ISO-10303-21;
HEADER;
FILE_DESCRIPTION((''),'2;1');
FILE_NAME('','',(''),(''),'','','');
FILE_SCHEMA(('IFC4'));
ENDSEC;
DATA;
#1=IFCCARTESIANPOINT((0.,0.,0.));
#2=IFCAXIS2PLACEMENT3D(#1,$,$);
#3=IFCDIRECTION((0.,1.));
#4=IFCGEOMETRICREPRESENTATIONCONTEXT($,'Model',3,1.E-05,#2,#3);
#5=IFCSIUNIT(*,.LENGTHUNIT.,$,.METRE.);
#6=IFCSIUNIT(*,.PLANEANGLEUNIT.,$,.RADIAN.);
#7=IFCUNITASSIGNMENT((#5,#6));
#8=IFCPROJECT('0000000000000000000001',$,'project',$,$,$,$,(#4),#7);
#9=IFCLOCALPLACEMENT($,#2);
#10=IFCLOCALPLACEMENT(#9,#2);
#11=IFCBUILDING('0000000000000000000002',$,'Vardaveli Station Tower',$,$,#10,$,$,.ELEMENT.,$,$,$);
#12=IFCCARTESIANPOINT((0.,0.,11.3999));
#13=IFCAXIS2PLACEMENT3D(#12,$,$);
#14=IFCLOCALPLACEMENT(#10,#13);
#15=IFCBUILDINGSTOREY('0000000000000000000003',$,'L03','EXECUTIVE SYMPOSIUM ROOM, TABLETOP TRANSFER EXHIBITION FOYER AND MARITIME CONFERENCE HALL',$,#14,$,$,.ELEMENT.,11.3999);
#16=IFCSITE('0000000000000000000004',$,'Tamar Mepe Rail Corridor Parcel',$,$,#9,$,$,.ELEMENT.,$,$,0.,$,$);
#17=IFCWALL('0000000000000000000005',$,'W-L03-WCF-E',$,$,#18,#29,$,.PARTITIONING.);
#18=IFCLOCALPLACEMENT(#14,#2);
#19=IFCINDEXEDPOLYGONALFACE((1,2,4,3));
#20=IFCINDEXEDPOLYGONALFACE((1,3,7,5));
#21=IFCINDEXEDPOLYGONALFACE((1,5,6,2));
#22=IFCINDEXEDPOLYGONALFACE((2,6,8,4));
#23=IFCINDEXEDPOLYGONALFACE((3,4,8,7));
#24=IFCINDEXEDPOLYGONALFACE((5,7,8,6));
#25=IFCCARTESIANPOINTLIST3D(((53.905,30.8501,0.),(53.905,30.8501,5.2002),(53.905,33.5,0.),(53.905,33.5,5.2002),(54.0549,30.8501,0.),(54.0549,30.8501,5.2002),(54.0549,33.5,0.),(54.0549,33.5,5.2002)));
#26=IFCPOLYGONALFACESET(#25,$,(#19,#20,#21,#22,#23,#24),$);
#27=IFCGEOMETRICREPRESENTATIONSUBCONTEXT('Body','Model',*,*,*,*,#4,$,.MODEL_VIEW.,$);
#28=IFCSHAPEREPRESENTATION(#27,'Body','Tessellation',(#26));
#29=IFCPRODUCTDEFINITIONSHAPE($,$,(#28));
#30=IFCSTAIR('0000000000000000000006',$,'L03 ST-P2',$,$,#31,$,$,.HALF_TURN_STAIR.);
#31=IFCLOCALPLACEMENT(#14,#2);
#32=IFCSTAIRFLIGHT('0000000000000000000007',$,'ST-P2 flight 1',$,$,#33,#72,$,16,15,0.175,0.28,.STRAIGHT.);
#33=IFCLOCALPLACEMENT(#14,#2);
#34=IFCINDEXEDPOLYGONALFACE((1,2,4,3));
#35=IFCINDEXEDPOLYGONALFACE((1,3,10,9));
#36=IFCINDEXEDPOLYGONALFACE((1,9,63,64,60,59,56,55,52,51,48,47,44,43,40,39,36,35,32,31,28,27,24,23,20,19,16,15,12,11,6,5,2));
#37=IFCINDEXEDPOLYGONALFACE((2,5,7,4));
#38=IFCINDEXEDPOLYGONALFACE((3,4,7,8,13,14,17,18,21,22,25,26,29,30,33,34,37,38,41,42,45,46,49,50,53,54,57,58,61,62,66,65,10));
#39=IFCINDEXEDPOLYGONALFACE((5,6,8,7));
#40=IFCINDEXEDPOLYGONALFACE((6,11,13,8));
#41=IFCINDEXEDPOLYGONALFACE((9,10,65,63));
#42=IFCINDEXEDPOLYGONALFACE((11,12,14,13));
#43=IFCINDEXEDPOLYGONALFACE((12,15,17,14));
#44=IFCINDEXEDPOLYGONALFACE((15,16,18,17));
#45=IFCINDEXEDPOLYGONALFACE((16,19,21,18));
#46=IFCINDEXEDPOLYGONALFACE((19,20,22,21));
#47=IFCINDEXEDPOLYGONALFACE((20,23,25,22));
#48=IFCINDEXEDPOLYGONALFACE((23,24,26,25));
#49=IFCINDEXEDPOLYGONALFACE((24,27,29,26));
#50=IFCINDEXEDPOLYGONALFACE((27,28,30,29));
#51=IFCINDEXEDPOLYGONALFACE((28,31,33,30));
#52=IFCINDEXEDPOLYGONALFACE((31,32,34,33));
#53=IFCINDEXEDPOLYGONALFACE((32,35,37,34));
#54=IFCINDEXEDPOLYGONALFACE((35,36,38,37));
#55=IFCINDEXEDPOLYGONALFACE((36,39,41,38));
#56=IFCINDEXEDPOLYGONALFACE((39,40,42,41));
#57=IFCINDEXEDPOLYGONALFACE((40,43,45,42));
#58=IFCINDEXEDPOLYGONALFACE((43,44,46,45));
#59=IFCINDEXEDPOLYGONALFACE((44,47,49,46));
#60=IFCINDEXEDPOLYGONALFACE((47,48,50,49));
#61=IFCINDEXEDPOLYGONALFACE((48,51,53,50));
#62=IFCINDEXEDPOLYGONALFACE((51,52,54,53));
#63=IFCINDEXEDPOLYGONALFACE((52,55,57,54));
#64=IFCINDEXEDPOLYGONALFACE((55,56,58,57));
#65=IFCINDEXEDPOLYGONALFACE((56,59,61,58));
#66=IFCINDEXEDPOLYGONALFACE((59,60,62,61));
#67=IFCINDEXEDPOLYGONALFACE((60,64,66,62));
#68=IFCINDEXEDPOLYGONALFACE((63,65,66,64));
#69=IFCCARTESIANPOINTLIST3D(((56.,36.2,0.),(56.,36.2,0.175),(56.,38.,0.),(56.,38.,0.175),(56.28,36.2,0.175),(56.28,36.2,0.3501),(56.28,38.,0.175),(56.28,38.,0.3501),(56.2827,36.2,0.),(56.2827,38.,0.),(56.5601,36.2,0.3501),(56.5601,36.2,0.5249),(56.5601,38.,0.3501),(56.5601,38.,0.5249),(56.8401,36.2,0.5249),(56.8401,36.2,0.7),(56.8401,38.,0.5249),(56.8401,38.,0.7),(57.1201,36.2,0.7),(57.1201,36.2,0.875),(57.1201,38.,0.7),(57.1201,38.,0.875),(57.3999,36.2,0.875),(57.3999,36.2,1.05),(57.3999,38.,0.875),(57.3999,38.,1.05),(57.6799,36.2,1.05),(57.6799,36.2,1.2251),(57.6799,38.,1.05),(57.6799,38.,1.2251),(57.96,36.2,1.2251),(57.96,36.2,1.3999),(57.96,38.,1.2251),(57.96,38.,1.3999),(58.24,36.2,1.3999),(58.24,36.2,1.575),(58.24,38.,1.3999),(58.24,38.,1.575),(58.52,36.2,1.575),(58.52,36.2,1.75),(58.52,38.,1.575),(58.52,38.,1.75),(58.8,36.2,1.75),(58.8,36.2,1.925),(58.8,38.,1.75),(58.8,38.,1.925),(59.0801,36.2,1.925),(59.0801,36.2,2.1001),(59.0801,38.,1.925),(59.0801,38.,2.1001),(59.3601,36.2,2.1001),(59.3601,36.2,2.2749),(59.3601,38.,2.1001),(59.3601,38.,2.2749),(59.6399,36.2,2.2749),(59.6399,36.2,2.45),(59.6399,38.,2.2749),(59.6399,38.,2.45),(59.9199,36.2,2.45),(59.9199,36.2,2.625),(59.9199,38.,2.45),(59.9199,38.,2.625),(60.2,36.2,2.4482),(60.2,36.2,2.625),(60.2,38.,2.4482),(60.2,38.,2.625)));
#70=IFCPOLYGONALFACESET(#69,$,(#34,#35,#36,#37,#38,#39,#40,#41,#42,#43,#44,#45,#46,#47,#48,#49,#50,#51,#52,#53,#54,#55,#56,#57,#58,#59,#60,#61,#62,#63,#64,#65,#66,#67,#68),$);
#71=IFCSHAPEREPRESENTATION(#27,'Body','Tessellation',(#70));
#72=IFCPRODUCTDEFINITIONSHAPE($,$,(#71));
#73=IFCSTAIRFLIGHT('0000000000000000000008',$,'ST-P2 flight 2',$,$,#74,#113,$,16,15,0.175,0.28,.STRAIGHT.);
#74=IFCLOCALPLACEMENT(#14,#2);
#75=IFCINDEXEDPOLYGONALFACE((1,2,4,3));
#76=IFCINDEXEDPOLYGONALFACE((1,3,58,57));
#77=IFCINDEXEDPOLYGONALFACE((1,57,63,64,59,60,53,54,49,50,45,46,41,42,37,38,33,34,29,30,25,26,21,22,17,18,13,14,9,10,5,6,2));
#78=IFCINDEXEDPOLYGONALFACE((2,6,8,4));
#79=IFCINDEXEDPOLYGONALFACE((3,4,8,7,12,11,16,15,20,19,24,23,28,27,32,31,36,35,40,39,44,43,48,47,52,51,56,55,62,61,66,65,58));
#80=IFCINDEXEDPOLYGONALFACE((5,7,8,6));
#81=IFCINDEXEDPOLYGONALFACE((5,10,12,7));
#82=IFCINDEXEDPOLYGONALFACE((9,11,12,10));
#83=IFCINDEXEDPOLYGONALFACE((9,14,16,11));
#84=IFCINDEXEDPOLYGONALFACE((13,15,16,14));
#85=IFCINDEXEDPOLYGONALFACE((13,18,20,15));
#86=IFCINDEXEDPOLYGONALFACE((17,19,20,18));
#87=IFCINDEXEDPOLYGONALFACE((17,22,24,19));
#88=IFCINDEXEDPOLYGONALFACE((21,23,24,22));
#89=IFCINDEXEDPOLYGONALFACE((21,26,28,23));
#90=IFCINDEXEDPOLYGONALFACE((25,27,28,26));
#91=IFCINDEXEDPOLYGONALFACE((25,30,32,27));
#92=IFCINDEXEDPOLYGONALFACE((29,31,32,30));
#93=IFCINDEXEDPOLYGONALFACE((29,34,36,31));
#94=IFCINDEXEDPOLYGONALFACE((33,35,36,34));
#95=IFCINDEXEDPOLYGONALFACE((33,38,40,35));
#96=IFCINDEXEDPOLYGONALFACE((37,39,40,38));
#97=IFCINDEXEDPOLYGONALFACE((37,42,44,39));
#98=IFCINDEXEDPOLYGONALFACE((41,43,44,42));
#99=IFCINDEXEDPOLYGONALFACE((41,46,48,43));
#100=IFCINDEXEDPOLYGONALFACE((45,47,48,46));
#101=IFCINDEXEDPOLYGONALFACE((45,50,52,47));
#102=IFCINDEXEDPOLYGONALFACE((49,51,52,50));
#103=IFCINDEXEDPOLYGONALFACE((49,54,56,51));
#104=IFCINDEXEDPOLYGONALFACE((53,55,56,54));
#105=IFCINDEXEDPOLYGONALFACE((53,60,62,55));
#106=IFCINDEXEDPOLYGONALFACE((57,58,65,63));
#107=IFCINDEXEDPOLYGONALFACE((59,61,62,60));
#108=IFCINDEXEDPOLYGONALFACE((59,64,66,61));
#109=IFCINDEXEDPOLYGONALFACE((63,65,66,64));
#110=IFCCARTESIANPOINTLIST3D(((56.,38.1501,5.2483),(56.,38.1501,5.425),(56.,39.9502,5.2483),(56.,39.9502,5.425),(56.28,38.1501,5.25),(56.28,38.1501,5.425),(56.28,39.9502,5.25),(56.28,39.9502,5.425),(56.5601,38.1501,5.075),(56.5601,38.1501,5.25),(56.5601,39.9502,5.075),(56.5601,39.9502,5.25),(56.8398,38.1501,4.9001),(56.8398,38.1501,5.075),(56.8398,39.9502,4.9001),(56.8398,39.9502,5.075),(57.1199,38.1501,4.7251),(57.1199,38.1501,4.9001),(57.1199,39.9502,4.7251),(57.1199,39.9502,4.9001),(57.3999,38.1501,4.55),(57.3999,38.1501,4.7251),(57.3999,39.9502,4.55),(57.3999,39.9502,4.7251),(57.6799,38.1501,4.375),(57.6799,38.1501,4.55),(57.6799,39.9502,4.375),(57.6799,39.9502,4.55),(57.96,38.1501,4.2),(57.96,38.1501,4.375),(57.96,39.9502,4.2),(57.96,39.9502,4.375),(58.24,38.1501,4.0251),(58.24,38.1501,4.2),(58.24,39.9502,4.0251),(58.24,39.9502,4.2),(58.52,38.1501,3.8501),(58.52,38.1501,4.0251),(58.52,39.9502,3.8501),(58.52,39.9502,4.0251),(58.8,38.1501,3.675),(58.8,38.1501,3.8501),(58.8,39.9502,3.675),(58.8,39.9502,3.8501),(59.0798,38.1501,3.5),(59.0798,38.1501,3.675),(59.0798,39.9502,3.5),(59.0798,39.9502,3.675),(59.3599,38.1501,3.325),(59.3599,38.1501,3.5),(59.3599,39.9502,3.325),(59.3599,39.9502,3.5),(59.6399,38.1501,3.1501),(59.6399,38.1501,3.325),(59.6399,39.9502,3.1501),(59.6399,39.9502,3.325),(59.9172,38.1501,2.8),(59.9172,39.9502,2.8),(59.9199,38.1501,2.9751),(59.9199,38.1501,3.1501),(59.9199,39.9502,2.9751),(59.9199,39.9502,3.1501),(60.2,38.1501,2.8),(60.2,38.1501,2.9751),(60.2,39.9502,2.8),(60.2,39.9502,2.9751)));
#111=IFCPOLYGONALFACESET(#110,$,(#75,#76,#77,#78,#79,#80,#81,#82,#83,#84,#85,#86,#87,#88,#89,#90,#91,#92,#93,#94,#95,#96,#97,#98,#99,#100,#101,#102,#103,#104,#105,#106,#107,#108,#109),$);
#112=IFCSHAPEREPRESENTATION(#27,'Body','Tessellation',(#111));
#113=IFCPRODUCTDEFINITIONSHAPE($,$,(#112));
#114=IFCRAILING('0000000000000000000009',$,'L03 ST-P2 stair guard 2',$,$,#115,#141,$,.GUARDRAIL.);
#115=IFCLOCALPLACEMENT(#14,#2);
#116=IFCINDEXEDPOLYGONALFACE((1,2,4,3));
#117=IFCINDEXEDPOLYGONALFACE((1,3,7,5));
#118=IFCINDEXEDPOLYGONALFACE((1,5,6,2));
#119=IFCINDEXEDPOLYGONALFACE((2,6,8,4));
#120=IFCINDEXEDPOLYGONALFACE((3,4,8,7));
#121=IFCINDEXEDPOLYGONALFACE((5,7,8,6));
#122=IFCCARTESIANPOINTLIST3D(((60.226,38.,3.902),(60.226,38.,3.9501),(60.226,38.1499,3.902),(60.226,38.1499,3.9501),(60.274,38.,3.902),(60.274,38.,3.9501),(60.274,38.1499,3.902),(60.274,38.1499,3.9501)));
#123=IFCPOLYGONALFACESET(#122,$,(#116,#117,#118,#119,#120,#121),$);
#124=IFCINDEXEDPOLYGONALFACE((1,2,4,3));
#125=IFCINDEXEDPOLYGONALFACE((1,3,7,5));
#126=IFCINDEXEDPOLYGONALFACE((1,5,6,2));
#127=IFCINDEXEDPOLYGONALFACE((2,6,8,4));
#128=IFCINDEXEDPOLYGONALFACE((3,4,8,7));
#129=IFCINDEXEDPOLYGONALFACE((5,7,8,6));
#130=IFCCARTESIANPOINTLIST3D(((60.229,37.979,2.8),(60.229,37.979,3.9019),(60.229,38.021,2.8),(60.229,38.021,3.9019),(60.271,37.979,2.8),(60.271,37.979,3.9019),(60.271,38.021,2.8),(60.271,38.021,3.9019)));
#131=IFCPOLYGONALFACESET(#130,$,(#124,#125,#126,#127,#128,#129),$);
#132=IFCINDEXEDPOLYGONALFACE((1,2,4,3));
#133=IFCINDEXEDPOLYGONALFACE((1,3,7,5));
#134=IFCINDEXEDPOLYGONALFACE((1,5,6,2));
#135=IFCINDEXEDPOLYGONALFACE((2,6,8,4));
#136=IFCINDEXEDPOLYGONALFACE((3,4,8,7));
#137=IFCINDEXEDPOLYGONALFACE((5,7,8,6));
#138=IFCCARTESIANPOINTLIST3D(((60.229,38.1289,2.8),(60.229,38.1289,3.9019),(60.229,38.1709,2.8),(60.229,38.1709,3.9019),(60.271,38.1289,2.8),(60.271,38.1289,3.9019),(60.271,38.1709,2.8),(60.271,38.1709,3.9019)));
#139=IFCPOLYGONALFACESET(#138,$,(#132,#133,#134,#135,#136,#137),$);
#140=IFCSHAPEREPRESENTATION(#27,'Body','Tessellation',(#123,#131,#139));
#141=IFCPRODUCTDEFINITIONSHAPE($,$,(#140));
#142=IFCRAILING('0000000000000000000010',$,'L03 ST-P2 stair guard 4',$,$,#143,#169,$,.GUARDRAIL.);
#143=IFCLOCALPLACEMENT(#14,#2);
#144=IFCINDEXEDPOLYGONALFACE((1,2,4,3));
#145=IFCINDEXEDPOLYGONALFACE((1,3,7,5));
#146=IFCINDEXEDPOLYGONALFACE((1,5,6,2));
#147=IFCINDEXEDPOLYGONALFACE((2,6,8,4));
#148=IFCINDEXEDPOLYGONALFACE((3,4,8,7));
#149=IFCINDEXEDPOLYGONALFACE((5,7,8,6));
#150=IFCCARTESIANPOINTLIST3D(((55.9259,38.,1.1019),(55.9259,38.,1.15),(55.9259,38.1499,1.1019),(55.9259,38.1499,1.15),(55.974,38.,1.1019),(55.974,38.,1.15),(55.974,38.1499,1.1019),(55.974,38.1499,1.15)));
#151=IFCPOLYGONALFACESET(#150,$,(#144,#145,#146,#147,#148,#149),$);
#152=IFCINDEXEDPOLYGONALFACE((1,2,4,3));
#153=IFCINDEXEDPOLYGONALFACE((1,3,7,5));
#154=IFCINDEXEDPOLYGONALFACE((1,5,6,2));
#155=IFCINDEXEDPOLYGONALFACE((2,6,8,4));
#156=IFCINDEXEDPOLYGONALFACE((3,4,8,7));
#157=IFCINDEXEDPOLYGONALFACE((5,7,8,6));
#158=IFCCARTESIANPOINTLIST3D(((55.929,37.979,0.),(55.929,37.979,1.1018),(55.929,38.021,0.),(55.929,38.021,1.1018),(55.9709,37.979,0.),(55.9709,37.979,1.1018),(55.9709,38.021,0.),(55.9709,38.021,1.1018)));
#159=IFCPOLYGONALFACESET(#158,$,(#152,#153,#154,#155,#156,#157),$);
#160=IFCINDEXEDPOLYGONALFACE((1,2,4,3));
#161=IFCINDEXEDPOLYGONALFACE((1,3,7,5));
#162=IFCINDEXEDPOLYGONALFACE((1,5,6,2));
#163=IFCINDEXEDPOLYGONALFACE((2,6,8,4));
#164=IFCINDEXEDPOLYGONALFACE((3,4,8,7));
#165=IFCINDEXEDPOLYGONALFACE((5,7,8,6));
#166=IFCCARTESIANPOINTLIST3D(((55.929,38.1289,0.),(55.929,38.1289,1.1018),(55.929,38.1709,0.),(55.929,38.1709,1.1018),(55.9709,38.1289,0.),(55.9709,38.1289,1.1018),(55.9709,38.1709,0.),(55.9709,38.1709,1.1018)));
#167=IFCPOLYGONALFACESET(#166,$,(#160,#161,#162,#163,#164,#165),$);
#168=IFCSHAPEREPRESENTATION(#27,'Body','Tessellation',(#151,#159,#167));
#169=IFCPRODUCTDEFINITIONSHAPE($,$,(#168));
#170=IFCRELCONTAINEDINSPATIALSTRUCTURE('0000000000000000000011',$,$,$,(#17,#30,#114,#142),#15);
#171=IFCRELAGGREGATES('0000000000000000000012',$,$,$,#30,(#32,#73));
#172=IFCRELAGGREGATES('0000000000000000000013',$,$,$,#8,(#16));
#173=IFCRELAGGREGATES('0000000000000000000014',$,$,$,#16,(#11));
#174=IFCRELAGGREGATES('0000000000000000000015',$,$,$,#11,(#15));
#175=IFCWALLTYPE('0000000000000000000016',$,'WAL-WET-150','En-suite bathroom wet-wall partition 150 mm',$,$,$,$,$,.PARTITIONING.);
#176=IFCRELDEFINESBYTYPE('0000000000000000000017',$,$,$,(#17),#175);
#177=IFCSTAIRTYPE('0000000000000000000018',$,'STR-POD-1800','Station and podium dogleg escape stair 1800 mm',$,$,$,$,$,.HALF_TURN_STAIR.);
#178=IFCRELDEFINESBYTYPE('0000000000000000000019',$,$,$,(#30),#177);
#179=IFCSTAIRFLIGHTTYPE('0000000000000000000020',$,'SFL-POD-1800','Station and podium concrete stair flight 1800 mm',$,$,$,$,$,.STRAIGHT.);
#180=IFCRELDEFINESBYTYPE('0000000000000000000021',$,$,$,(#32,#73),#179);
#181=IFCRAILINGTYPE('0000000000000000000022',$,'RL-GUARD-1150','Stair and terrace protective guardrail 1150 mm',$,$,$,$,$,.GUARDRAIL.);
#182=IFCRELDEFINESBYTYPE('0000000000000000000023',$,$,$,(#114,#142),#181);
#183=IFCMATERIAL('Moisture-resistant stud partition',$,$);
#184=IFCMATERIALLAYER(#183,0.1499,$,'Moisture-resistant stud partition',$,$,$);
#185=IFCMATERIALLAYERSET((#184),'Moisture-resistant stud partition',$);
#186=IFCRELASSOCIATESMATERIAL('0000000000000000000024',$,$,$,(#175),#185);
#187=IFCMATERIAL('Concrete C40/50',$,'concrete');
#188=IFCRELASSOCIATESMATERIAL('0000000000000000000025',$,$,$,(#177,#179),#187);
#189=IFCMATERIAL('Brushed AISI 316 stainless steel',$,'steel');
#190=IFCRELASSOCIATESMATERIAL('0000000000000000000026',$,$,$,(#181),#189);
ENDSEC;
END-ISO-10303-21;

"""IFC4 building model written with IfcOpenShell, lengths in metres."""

from ifc_helpers import new_model, si_unit, direction, frame, frame_2d, origin, origin_2d, place, context, subcontext, project, spatial, polyline, rectangle, outline, extrude, source, transform, mapped, material, layer, layer_set, type_object, element, aggregate, save


model = new_model("IFC4")

# Units and contexts
model_context = context("Model", 3, precision=1e-05, world=origin(), true_north=direction((0.0, 1.0)))
body_context = subcontext(model_context, "Body", "Model", "MODEL_VIEW")
ifc_project = project(units=[si_unit("LENGTHUNIT", "METRE"), si_unit("PLANEANGLEUNIT", "RADIAN")], contexts=[model_context])

# Site, building, storey
site_placement = place(None, origin())
site = spatial("IfcSite", under=ifc_project, at=site_placement, Name="Tamar Mepe Rail Corridor Parcel", CompositionType="ELEMENT", RefElevation=0.0)
building_placement = place(site_placement, origin())
building = spatial("IfcBuilding", under=site, at=building_placement, Name="Vardaveli Station Tower", CompositionType="ELEMENT")
storey_placement = place(building_placement, frame((0.0, 0.0, 11.3999)))
storey = spatial("IfcBuildingStorey", under=building, at=storey_placement, Name="L03", Description="EXECUTIVE SYMPOSIUM ROOM, TABLETOP TRANSFER EXHIBITION FOYER AND MARITIME CONFERENCE HALL", CompositionType="ELEMENT", Elevation=11.3999)

# Shared definitions
ifc_material_1 = material(Name="Concrete C40/50", Category="concrete")

# Shared definitions
ifc_material_2 = material(Name="Moisture-resistant stud partition")
ifc_layer_1 = layer(ifc_material_2, 0.1499, Name="Moisture-resistant stud partition")
ifc_layer_set_1 = layer_set([ifc_layer_1], Name="Moisture-resistant stud partition")
wall_type_1 = type_object("IfcWallType", Name="WAL-WET-150", Description="En-suite bathroom wet-wall partition 150 mm", PredefinedType="PARTITIONING", material=ifc_layer_set_1)

# Wall
shared_shape_1 = source(origin(), body_context, "Body", "SweptSolid", [
    extrude(rectangle(XDim=2.6499, YDim=0.1499, at=frame_2d((1.325, 0.0))), origin(), (0.0, 0.0, 1.0), 5.2002),
])
for number, where, z_axis, x_axis, name in (
    (1, (53.98, 30.8501, 0.0), (0.0, 0.0, 1.0), (0.0, 1.0, 0.0), "W-L03-WCF-E"),
):
    element("IfcWall", number, at=place(storey_placement, frame(where, z_axis=z_axis, x_axis=x_axis)), inside=storey, type_object=wall_type_1, Name=name, PredefinedType="PARTITIONING", context=body_context, shape_type="MappedRepresentation", body=[
        mapped(shared_shape_1, transform((0.0, 0.0, 0.0), scale=1.0)),
    ])

# Stair, stair flights
stair_type = type_object("IfcStairType", Name="STR-POD-1800", Description="Station and podium dogleg escape stair 1800 mm", PredefinedType="HALF_TURN_STAIR", material=ifc_material_1)
stair_placement = place(storey_placement, origin())
stair = element("IfcStair", 2, at=stair_placement, inside=storey, type_object=stair_type, Name="L03 ST-P2", PredefinedType="HALF_TURN_STAIR")
stair_flight_type = type_object("IfcStairFlightType", Name="SFL-POD-1800", Description="Station and podium concrete stair flight 1800 mm", PredefinedType="STRAIGHT", material=ifc_material_1)
shared_shape_2 = source(origin(), body_context, "Body", "SweptSolid", [
    extrude(outline(polyline([(0.0, 0.0), (0.0, 0.175), (0.28, 0.175), (0.28, 0.3501), (0.5601, 0.3501), (0.5601, 0.5249), (0.8401, 0.5249), (0.8401, 0.7), (1.1201, 0.7), (1.1201, 0.875), (1.3999, 0.875), (1.3999, 1.05), (1.6799, 1.05), (1.6799, 1.2251), (1.96, 1.2251), (1.96, 1.3999), (2.24, 1.3999), (2.24, 1.575), (2.52, 1.575), (2.52, 1.75), (2.8, 1.75), (2.8, 1.925), (3.0801, 1.925), (3.0801, 2.1001), (3.3601, 2.1001), (3.3601, 2.2749), (3.6399, 2.2749), (3.6399, 2.45), (3.9199, 2.45), (3.9199, 2.625), (4.2, 2.625), (4.2, 2.8), (4.2, 2.4482), (0.2827, 0.0), (0.0, 0.0)])), frame((0.0, 0.8999, 0.0), z_axis=(0.0, -1.0, 0.0), x_axis=(1.0, 0.0, 0.0)), (0.0, 0.0, 1.0), 1.8),
])
stair_flight_1_placement = place(storey_placement, frame((56.0, 37.1001, 0.0), z_axis=(0.0, 0.0, 1.0), x_axis=(1.0, 0.0, 0.0)))
stair_flight_1 = element("IfcStairFlight", 3, at=stair_flight_1_placement, type_object=stair_flight_type, Name="ST-P2 flight 1", NumberOfRisers=16, NumberOfTreads=15, PredefinedType="STRAIGHT", RiserHeight=0.175, TreadLength=0.28, context=body_context, shape_type="MappedRepresentation", body=[
    mapped(shared_shape_2, transform((0.0, 0.0, 0.0), scale=1.0)),
])
stair_flight_2_placement = place(storey_placement, frame((60.2, 39.05, 2.8), z_axis=(0.0, 0.0, 1.0), x_axis=(-1.0, 0.0, 0.0)))
stair_flight_2 = element("IfcStairFlight", 4, at=stair_flight_2_placement, type_object=stair_flight_type, Name="ST-P2 flight 2", NumberOfRisers=16, NumberOfTreads=15, PredefinedType="STRAIGHT", RiserHeight=0.175, TreadLength=0.28, context=body_context, shape_type="MappedRepresentation", body=[
    mapped(shared_shape_2, transform((0.0, 0.0, 0.0), scale=1.0)),
])
aggregate(stair, [stair_flight_1, stair_flight_2])

# Railings
ifc_material_3 = material(Name="Brushed AISI 316 stainless steel", Category="steel")
railing_type_1 = type_object("IfcRailingType", Name="RL-GUARD-1150", Description="Stair and terrace protective guardrail 1150 mm", PredefinedType="GUARDRAIL", material=ifc_material_3)
shared_shape_3 = source(origin(), body_context, "Body", "SweptSolid", [
    extrude(rectangle(XDim=0.0481, YDim=0.0481, at=origin_2d()), frame((0.0, 0.0, 1.126), z_axis=(0.0, 1.0, 0.0), x_axis=(-1.0, 0.0, 0.0)), (0.0, 0.0, 1.0), 0.1499),
    extrude(rectangle(XDim=0.042, YDim=0.042, at=origin_2d()), origin(), (0.0, 0.0, 1.0), 1.1018),
    extrude(rectangle(XDim=0.042, YDim=0.042, at=origin_2d()), frame((0.0, 0.1499, 0.0)), (0.0, 0.0, 1.0), 1.1018),
])
for number, where, name in (
    (5, (60.25, 38.0, 2.8), "L03 ST-P2 stair guard 2"),
    (6, (55.95, 38.0, 0.0), "L03 ST-P2 stair guard 4"),
):
    element("IfcRailing", number, at=place(storey_placement, frame(where)), inside=storey, type_object=railing_type_1, Name=name, PredefinedType="GUARDRAIL", context=body_context, shape_type="MappedRepresentation", body=[
        mapped(shared_shape_3, transform((0.0, 0.0, 0.0), scale=1.0)),
    ])

save(model, "model.ifc")
